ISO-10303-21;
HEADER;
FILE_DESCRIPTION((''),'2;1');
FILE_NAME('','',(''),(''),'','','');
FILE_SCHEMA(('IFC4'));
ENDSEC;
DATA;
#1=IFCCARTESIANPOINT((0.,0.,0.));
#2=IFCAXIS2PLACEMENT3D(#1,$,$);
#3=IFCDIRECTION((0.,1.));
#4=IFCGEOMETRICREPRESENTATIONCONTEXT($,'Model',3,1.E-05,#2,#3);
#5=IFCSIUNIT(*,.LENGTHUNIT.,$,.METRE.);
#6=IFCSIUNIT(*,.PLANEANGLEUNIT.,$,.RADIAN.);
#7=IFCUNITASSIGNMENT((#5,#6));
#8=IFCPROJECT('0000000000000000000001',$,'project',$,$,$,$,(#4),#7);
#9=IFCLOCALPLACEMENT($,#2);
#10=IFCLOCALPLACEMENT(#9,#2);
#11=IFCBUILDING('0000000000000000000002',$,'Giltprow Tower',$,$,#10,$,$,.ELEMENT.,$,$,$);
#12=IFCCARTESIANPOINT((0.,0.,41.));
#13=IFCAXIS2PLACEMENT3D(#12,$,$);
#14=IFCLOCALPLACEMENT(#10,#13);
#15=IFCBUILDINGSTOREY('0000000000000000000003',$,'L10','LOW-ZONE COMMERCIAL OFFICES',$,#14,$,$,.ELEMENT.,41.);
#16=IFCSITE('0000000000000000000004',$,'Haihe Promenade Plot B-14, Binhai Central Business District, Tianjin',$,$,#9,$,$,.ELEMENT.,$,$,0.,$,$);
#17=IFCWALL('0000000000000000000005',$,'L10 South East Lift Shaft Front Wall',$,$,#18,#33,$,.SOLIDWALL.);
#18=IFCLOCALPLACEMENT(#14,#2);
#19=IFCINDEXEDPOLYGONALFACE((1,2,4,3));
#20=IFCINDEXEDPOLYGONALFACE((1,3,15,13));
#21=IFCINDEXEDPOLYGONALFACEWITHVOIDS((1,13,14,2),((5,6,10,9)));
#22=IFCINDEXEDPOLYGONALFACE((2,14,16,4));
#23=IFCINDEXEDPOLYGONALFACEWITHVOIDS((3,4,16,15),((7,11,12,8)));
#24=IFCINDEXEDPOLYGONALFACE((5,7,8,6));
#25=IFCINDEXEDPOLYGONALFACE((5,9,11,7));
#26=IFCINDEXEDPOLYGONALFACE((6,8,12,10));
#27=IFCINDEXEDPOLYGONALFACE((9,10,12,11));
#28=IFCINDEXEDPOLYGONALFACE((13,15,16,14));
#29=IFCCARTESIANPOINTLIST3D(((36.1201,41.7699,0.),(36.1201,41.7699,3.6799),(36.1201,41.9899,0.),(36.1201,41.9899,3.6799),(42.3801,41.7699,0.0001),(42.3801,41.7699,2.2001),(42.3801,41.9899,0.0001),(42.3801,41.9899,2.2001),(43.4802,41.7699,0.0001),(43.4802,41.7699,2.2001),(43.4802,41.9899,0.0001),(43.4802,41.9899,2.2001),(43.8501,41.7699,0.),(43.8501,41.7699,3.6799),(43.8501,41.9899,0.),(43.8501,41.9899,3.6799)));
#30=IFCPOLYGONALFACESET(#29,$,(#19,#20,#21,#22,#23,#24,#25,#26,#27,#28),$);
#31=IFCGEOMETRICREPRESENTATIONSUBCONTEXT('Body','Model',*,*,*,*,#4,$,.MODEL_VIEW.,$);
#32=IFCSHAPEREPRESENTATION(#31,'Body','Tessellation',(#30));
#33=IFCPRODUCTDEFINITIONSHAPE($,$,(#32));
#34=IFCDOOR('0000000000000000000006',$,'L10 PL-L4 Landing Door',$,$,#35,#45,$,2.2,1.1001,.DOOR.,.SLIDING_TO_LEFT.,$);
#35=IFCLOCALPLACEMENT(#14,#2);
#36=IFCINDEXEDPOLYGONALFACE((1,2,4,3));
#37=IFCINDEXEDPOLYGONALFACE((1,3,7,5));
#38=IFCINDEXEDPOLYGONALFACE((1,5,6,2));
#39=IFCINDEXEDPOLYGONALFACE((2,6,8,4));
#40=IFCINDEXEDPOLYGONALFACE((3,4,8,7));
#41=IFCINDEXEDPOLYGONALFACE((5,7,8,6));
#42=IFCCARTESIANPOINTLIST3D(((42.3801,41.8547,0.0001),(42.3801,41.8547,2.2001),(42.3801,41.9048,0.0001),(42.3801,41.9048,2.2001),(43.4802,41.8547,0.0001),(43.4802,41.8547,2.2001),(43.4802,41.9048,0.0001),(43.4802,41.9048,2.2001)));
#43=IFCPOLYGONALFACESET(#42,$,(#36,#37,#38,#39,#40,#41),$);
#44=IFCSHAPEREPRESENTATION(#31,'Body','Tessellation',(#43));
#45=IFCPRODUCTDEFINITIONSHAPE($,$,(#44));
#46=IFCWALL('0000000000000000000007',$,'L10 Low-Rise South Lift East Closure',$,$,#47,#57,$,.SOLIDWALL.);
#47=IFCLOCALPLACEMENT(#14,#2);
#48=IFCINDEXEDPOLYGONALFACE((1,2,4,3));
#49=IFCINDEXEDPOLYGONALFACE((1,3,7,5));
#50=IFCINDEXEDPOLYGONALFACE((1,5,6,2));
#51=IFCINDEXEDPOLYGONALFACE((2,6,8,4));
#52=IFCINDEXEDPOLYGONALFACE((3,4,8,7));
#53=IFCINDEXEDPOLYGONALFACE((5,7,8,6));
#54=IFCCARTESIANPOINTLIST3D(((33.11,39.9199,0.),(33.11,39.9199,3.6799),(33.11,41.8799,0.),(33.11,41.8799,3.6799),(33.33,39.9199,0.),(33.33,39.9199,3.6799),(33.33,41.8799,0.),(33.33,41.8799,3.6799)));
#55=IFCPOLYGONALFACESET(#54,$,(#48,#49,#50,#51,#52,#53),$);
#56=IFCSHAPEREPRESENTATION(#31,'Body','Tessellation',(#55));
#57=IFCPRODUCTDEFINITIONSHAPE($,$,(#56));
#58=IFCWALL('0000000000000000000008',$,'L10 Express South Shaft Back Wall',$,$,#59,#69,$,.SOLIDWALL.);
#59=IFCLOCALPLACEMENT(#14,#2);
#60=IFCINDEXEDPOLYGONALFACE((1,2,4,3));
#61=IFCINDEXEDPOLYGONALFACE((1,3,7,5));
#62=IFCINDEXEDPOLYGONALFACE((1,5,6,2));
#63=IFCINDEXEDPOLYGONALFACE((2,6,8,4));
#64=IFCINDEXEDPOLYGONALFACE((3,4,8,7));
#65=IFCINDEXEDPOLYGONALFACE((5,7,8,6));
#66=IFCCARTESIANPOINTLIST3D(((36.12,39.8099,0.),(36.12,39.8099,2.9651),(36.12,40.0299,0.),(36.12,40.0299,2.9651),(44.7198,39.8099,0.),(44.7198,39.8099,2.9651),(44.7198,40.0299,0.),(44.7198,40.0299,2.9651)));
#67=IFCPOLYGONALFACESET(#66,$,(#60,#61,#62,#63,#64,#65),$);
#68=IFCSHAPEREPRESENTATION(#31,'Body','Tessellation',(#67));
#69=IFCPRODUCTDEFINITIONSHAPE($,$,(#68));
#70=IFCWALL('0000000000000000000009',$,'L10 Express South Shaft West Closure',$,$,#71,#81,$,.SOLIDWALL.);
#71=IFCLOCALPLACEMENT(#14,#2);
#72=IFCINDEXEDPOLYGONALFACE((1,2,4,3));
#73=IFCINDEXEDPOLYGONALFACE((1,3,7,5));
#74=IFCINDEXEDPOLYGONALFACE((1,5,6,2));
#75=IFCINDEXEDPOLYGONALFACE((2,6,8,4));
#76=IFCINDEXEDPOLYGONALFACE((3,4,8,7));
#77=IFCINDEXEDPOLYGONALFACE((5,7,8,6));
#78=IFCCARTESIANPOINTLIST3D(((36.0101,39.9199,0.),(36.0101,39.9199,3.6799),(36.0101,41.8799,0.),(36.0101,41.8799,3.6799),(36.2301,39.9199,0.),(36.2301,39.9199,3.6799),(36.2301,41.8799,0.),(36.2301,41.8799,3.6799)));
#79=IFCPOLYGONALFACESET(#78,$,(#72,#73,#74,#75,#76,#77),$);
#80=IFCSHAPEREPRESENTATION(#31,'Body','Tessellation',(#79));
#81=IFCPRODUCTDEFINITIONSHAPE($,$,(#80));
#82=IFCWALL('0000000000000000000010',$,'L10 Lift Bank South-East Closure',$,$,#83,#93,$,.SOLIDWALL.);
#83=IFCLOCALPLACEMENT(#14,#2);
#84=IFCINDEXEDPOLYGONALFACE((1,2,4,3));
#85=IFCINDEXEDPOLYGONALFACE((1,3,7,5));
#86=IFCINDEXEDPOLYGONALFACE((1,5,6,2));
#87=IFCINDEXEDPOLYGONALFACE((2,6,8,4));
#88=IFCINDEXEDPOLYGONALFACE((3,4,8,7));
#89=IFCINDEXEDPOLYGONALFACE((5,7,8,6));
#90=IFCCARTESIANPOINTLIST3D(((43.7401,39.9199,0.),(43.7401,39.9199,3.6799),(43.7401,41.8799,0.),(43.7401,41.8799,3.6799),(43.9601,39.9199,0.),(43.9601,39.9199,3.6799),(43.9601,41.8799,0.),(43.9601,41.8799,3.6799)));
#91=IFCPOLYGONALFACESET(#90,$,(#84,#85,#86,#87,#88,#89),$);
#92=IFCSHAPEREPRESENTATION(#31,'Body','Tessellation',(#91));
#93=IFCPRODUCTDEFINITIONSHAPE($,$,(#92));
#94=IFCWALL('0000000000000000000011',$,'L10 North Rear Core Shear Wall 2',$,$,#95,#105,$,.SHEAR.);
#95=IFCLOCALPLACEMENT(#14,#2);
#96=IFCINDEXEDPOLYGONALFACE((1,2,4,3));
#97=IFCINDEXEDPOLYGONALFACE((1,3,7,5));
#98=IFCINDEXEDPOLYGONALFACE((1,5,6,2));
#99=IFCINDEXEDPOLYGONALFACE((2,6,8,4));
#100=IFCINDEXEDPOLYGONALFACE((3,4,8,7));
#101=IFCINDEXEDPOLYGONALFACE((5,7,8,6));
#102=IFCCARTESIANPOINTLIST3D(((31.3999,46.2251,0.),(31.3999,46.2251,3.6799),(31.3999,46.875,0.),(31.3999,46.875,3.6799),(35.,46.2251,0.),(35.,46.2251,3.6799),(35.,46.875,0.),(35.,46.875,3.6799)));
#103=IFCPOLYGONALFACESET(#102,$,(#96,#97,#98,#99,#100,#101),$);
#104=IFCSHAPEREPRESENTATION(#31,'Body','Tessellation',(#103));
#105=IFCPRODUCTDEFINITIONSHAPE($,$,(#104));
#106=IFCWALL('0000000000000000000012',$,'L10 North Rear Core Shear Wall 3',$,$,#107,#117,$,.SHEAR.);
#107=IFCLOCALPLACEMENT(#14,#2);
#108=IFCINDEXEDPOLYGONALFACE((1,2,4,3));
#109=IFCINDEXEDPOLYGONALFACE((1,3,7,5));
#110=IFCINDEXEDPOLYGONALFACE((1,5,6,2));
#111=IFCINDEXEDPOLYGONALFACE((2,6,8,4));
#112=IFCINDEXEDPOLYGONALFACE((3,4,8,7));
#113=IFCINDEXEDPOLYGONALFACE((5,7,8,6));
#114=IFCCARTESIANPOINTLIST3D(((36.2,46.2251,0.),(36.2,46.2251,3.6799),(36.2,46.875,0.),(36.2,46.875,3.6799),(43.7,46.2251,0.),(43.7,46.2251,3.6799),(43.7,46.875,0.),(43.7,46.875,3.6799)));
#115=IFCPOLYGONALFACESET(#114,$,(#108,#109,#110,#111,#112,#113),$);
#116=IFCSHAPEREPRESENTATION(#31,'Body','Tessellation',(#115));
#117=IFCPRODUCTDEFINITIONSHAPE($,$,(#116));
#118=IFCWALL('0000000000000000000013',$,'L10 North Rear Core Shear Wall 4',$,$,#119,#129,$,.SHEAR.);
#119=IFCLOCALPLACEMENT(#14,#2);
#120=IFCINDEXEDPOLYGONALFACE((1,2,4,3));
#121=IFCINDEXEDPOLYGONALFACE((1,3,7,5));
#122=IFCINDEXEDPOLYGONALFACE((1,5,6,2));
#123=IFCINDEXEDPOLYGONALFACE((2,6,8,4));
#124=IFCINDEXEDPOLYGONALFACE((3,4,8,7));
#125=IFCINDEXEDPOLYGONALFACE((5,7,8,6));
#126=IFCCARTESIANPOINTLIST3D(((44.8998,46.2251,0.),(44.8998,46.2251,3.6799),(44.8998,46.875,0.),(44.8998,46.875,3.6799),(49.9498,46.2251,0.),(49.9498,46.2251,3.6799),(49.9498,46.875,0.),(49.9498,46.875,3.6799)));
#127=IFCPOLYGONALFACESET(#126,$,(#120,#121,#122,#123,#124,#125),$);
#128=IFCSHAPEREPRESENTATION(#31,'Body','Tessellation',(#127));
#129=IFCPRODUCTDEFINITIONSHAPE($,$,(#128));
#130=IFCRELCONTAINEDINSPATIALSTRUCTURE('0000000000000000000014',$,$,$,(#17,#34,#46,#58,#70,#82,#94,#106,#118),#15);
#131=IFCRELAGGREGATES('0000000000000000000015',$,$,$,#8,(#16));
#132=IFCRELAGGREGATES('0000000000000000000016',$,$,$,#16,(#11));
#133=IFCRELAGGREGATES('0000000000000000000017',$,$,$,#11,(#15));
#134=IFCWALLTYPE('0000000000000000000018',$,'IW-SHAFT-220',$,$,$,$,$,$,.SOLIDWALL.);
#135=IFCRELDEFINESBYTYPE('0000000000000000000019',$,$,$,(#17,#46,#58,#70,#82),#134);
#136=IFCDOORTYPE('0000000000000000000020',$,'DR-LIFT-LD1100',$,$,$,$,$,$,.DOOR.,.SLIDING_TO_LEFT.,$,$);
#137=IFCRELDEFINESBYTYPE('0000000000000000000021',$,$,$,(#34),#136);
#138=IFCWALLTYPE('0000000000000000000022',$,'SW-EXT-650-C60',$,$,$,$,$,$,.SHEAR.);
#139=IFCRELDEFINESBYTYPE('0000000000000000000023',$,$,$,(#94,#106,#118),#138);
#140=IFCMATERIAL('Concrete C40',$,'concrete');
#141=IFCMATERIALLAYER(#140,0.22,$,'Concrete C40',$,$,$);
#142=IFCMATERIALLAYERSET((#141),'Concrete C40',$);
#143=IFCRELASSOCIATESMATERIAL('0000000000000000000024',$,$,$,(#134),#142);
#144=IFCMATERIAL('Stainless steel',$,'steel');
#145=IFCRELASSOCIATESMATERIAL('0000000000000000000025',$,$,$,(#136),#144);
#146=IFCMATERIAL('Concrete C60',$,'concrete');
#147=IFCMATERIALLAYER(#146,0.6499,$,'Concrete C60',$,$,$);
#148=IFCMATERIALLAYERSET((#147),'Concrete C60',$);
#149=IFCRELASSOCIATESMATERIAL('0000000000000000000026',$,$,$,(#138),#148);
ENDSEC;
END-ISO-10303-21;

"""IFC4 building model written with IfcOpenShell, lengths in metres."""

from ifc_helpers import new_model, si_unit, direction, frame, frame_2d, origin, place, context, subcontext, project, spatial, rectangle, extrude, source, transform, mapped, material, layer, layer_set, type_object, element, fill, save


model = new_model("IFC4")

# Units and contexts
model_context = context("Model", 3, precision=1e-05, world=origin(), true_north=direction((0.0, 1.0)))
body_context = subcontext(model_context, "Body", "Model", "MODEL_VIEW")
ifc_project = project(units=[si_unit("LENGTHUNIT", "METRE"), si_unit("PLANEANGLEUNIT", "RADIAN")], contexts=[model_context])

# Site, building, storey
site_placement = place(None, origin())
site = spatial("IfcSite", under=ifc_project, at=site_placement, Name="Haihe Promenade Plot B-14, Binhai Central Business District, Tianjin", CompositionType="ELEMENT", RefElevation=0.0)
building_placement = place(site_placement, origin())
building = spatial("IfcBuilding", under=site, at=building_placement, Name="Giltprow Tower", CompositionType="ELEMENT")
storey_placement = place(building_placement, frame((0.0, 0.0, 41.0)))
storey = spatial("IfcBuildingStorey", under=building, at=storey_placement, Name="L10", Description="LOW-ZONE COMMERCIAL OFFICES", CompositionType="ELEMENT", Elevation=41.0)

# Shared definitions
ifc_material_1 = material(Name="Concrete C60", Category="concrete")

# Shared definitions
ifc_material_2 = material(Name="Concrete C40", Category="concrete")
ifc_layer_1 = layer(ifc_material_2, 0.22, Name="Concrete C40")
ifc_layer_set_1 = layer_set([ifc_layer_1], Name="Concrete C40")
wall_type_1 = type_object("IfcWallType", Name="IW-SHAFT-220", PredefinedType="SOLIDWALL", material=ifc_layer_set_1)
ifc_material_3 = material(Name="Stainless steel", Category="steel")
door_type = type_object("IfcDoorType", Name="DR-LIFT-LD1100", OperationType="SLIDING_TO_LEFT", PredefinedType="DOOR", material=ifc_material_3)
shared_shape_1 = source(origin(), body_context, "Body", "SweptSolid", [
    extrude(rectangle(XDim=1.1001, YDim=2.2, at=frame_2d((0.55, 1.1001))), frame((0.0, 0.0249, 0.0), z_axis=(0.0, -1.0, 0.0), x_axis=(1.0, 0.0, 0.0)), (0.0, 0.0, 1.0), 0.05),
])

# Wall, opening, door
wall_1_placement = place(storey_placement, frame((36.1201, 41.8799, 0.0), z_axis=(0.0, 0.0, 1.0), x_axis=(1.0, 0.0, 0.0)))
wall_1 = element("IfcWall", 1, at=wall_1_placement, inside=storey, type_object=wall_type_1, Name="L10 South East Lift Shaft Front Wall", PredefinedType="SOLIDWALL", context=body_context, shape_type="SweptSolid", body=[
    extrude(rectangle(XDim=7.73, YDim=0.22, at=frame_2d((3.865, 0.0))), origin(), (0.0, 0.0, 1.0), 3.6799),
])
opening_1_placement = place(wall_1_placement, frame((6.26, 0.0, 0.0)))
opening_1 = element("IfcOpeningElement", 2, at=opening_1_placement, cuts=wall_1, PredefinedType="OPENING", context=body_context, shape_type="SweptSolid", body=[
    extrude(rectangle(XDim=1.1001, YDim=2.2, at=frame_2d((0.55, 1.1001))), frame((0.0, 0.1199, 0.0), z_axis=(0.0, -1.0, 0.0), x_axis=(1.0, 0.0, 0.0)), (0.0, 0.0, 1.0), 0.24),
])
door_1_placement = place(opening_1_placement, origin())
door_1 = element("IfcDoor", 3, at=door_1_placement, inside=storey, type_object=door_type, Name="L10 PL-L4 Landing Door", OperationType="SLIDING_TO_LEFT", OverallHeight=2.2, OverallWidth=1.1001, PredefinedType="DOOR", context=body_context, shape_type="MappedRepresentation", body=[
    mapped(shared_shape_1, transform((0.0, 0.0, 0.0), x_axis=(1.0, 0.0, 0.0), y_axis=(0.0, 1.0, 0.0), z_axis=(0.0, 0.0, 1.0), scale=1.0)),
])
fill(opening_1, door_1)

# Walls
wall_2_placement = place(storey_placement, frame((33.22, 39.9199, 0.0), z_axis=(0.0, 0.0, 1.0), x_axis=(0.0, 1.0, 0.0)))
element("IfcWall", 4, at=wall_2_placement, inside=storey, type_object=wall_type_1, Name="L10 Low-Rise South Lift East Closure", PredefinedType="SOLIDWALL", context=body_context, shape_type="SweptSolid", body=[
    extrude(rectangle(XDim=1.96, YDim=0.22, at=frame_2d((0.98, 0.0))), origin(), (0.0, 0.0, 1.0), 3.6799),
])
wall_3_placement = place(storey_placement, frame((36.1201, 39.9199, 0.0), z_axis=(0.0, 0.0, 1.0), x_axis=(1.0, 0.0, 0.0)))
element("IfcWall", 5, at=wall_3_placement, inside=storey, type_object=wall_type_1, Name="L10 Express South Shaft Back Wall", PredefinedType="SOLIDWALL", context=body_context, shape_type="SweptSolid", body=[
    extrude(rectangle(XDim=8.5999, YDim=0.22, at=frame_2d((4.2998, 0.0))), origin(), (0.0, 0.0, 1.0), 2.9651),
])
for number, where, z_axis, x_axis, name in (
    (6, (36.1201, 39.9199, 0.0), (0.0, 0.0, 1.0), (0.0, 1.0, 0.0), "L10 Express South Shaft West Closure"),
    (7, (43.8501, 39.9199, 0.0), (0.0, 0.0, 1.0), (0.0, 1.0, 0.0), "L10 Lift Bank South-East Closure"),
):
    element("IfcWall", number, at=place(storey_placement, frame(where, z_axis=z_axis, x_axis=x_axis)), inside=storey, type_object=wall_type_1, Name=name, PredefinedType="SOLIDWALL", context=body_context, shape_type="SweptSolid", body=[
        extrude(rectangle(XDim=1.96, YDim=0.22, at=frame_2d((0.98, 0.0))), origin(), (0.0, 0.0, 1.0), 3.6799),
    ])
ifc_layer_2 = layer(ifc_material_1, 0.6499, Name="Concrete C60")
ifc_layer_set_2 = layer_set([ifc_layer_2], Name="Concrete C60")
wall_type_2 = type_object("IfcWallType", Name="SW-EXT-650-C60", PredefinedType="SHEAR", material=ifc_layer_set_2)
wall_4_placement = place(storey_placement, frame((31.3999, 46.55, 0.0), z_axis=(0.0, 0.0, 1.0), x_axis=(1.0, 0.0, 0.0)))
element("IfcWall", 8, at=wall_4_placement, inside=storey, type_object=wall_type_2, Name="L10 North Rear Core Shear Wall 2", PredefinedType="SHEAR", context=body_context, shape_type="SweptSolid", body=[
    extrude(rectangle(XDim=3.6001, YDim=0.6499, at=frame_2d((1.8, 0.0))), origin(), (0.0, 0.0, 1.0), 3.6799),
])
wall_5_placement = place(storey_placement, frame((36.2, 46.55, 0.0), z_axis=(0.0, 0.0, 1.0), x_axis=(1.0, 0.0, 0.0)))
element("IfcWall", 9, at=wall_5_placement, inside=storey, type_object=wall_type_2, Name="L10 North Rear Core Shear Wall 3", PredefinedType="SHEAR", context=body_context, shape_type="SweptSolid", body=[
    extrude(rectangle(XDim=7.5, YDim=0.6499, at=frame_2d((3.75, 0.0))), origin(), (0.0, 0.0, 1.0), 3.6799),
])
wall_6_placement = place(storey_placement, frame((44.8999, 46.55, 0.0), z_axis=(0.0, 0.0, 1.0), x_axis=(1.0, 0.0, 0.0)))
element("IfcWall", 10, at=wall_6_placement, inside=storey, type_object=wall_type_2, Name="L10 North Rear Core Shear Wall 4", PredefinedType="SHEAR", context=body_context, shape_type="SweptSolid", body=[
    extrude(rectangle(XDim=5.05, YDim=0.6499, at=frame_2d((2.5249, 0.0))), origin(), (0.0, 0.0, 1.0), 3.6799),
])

save(model, "model.ifc")
